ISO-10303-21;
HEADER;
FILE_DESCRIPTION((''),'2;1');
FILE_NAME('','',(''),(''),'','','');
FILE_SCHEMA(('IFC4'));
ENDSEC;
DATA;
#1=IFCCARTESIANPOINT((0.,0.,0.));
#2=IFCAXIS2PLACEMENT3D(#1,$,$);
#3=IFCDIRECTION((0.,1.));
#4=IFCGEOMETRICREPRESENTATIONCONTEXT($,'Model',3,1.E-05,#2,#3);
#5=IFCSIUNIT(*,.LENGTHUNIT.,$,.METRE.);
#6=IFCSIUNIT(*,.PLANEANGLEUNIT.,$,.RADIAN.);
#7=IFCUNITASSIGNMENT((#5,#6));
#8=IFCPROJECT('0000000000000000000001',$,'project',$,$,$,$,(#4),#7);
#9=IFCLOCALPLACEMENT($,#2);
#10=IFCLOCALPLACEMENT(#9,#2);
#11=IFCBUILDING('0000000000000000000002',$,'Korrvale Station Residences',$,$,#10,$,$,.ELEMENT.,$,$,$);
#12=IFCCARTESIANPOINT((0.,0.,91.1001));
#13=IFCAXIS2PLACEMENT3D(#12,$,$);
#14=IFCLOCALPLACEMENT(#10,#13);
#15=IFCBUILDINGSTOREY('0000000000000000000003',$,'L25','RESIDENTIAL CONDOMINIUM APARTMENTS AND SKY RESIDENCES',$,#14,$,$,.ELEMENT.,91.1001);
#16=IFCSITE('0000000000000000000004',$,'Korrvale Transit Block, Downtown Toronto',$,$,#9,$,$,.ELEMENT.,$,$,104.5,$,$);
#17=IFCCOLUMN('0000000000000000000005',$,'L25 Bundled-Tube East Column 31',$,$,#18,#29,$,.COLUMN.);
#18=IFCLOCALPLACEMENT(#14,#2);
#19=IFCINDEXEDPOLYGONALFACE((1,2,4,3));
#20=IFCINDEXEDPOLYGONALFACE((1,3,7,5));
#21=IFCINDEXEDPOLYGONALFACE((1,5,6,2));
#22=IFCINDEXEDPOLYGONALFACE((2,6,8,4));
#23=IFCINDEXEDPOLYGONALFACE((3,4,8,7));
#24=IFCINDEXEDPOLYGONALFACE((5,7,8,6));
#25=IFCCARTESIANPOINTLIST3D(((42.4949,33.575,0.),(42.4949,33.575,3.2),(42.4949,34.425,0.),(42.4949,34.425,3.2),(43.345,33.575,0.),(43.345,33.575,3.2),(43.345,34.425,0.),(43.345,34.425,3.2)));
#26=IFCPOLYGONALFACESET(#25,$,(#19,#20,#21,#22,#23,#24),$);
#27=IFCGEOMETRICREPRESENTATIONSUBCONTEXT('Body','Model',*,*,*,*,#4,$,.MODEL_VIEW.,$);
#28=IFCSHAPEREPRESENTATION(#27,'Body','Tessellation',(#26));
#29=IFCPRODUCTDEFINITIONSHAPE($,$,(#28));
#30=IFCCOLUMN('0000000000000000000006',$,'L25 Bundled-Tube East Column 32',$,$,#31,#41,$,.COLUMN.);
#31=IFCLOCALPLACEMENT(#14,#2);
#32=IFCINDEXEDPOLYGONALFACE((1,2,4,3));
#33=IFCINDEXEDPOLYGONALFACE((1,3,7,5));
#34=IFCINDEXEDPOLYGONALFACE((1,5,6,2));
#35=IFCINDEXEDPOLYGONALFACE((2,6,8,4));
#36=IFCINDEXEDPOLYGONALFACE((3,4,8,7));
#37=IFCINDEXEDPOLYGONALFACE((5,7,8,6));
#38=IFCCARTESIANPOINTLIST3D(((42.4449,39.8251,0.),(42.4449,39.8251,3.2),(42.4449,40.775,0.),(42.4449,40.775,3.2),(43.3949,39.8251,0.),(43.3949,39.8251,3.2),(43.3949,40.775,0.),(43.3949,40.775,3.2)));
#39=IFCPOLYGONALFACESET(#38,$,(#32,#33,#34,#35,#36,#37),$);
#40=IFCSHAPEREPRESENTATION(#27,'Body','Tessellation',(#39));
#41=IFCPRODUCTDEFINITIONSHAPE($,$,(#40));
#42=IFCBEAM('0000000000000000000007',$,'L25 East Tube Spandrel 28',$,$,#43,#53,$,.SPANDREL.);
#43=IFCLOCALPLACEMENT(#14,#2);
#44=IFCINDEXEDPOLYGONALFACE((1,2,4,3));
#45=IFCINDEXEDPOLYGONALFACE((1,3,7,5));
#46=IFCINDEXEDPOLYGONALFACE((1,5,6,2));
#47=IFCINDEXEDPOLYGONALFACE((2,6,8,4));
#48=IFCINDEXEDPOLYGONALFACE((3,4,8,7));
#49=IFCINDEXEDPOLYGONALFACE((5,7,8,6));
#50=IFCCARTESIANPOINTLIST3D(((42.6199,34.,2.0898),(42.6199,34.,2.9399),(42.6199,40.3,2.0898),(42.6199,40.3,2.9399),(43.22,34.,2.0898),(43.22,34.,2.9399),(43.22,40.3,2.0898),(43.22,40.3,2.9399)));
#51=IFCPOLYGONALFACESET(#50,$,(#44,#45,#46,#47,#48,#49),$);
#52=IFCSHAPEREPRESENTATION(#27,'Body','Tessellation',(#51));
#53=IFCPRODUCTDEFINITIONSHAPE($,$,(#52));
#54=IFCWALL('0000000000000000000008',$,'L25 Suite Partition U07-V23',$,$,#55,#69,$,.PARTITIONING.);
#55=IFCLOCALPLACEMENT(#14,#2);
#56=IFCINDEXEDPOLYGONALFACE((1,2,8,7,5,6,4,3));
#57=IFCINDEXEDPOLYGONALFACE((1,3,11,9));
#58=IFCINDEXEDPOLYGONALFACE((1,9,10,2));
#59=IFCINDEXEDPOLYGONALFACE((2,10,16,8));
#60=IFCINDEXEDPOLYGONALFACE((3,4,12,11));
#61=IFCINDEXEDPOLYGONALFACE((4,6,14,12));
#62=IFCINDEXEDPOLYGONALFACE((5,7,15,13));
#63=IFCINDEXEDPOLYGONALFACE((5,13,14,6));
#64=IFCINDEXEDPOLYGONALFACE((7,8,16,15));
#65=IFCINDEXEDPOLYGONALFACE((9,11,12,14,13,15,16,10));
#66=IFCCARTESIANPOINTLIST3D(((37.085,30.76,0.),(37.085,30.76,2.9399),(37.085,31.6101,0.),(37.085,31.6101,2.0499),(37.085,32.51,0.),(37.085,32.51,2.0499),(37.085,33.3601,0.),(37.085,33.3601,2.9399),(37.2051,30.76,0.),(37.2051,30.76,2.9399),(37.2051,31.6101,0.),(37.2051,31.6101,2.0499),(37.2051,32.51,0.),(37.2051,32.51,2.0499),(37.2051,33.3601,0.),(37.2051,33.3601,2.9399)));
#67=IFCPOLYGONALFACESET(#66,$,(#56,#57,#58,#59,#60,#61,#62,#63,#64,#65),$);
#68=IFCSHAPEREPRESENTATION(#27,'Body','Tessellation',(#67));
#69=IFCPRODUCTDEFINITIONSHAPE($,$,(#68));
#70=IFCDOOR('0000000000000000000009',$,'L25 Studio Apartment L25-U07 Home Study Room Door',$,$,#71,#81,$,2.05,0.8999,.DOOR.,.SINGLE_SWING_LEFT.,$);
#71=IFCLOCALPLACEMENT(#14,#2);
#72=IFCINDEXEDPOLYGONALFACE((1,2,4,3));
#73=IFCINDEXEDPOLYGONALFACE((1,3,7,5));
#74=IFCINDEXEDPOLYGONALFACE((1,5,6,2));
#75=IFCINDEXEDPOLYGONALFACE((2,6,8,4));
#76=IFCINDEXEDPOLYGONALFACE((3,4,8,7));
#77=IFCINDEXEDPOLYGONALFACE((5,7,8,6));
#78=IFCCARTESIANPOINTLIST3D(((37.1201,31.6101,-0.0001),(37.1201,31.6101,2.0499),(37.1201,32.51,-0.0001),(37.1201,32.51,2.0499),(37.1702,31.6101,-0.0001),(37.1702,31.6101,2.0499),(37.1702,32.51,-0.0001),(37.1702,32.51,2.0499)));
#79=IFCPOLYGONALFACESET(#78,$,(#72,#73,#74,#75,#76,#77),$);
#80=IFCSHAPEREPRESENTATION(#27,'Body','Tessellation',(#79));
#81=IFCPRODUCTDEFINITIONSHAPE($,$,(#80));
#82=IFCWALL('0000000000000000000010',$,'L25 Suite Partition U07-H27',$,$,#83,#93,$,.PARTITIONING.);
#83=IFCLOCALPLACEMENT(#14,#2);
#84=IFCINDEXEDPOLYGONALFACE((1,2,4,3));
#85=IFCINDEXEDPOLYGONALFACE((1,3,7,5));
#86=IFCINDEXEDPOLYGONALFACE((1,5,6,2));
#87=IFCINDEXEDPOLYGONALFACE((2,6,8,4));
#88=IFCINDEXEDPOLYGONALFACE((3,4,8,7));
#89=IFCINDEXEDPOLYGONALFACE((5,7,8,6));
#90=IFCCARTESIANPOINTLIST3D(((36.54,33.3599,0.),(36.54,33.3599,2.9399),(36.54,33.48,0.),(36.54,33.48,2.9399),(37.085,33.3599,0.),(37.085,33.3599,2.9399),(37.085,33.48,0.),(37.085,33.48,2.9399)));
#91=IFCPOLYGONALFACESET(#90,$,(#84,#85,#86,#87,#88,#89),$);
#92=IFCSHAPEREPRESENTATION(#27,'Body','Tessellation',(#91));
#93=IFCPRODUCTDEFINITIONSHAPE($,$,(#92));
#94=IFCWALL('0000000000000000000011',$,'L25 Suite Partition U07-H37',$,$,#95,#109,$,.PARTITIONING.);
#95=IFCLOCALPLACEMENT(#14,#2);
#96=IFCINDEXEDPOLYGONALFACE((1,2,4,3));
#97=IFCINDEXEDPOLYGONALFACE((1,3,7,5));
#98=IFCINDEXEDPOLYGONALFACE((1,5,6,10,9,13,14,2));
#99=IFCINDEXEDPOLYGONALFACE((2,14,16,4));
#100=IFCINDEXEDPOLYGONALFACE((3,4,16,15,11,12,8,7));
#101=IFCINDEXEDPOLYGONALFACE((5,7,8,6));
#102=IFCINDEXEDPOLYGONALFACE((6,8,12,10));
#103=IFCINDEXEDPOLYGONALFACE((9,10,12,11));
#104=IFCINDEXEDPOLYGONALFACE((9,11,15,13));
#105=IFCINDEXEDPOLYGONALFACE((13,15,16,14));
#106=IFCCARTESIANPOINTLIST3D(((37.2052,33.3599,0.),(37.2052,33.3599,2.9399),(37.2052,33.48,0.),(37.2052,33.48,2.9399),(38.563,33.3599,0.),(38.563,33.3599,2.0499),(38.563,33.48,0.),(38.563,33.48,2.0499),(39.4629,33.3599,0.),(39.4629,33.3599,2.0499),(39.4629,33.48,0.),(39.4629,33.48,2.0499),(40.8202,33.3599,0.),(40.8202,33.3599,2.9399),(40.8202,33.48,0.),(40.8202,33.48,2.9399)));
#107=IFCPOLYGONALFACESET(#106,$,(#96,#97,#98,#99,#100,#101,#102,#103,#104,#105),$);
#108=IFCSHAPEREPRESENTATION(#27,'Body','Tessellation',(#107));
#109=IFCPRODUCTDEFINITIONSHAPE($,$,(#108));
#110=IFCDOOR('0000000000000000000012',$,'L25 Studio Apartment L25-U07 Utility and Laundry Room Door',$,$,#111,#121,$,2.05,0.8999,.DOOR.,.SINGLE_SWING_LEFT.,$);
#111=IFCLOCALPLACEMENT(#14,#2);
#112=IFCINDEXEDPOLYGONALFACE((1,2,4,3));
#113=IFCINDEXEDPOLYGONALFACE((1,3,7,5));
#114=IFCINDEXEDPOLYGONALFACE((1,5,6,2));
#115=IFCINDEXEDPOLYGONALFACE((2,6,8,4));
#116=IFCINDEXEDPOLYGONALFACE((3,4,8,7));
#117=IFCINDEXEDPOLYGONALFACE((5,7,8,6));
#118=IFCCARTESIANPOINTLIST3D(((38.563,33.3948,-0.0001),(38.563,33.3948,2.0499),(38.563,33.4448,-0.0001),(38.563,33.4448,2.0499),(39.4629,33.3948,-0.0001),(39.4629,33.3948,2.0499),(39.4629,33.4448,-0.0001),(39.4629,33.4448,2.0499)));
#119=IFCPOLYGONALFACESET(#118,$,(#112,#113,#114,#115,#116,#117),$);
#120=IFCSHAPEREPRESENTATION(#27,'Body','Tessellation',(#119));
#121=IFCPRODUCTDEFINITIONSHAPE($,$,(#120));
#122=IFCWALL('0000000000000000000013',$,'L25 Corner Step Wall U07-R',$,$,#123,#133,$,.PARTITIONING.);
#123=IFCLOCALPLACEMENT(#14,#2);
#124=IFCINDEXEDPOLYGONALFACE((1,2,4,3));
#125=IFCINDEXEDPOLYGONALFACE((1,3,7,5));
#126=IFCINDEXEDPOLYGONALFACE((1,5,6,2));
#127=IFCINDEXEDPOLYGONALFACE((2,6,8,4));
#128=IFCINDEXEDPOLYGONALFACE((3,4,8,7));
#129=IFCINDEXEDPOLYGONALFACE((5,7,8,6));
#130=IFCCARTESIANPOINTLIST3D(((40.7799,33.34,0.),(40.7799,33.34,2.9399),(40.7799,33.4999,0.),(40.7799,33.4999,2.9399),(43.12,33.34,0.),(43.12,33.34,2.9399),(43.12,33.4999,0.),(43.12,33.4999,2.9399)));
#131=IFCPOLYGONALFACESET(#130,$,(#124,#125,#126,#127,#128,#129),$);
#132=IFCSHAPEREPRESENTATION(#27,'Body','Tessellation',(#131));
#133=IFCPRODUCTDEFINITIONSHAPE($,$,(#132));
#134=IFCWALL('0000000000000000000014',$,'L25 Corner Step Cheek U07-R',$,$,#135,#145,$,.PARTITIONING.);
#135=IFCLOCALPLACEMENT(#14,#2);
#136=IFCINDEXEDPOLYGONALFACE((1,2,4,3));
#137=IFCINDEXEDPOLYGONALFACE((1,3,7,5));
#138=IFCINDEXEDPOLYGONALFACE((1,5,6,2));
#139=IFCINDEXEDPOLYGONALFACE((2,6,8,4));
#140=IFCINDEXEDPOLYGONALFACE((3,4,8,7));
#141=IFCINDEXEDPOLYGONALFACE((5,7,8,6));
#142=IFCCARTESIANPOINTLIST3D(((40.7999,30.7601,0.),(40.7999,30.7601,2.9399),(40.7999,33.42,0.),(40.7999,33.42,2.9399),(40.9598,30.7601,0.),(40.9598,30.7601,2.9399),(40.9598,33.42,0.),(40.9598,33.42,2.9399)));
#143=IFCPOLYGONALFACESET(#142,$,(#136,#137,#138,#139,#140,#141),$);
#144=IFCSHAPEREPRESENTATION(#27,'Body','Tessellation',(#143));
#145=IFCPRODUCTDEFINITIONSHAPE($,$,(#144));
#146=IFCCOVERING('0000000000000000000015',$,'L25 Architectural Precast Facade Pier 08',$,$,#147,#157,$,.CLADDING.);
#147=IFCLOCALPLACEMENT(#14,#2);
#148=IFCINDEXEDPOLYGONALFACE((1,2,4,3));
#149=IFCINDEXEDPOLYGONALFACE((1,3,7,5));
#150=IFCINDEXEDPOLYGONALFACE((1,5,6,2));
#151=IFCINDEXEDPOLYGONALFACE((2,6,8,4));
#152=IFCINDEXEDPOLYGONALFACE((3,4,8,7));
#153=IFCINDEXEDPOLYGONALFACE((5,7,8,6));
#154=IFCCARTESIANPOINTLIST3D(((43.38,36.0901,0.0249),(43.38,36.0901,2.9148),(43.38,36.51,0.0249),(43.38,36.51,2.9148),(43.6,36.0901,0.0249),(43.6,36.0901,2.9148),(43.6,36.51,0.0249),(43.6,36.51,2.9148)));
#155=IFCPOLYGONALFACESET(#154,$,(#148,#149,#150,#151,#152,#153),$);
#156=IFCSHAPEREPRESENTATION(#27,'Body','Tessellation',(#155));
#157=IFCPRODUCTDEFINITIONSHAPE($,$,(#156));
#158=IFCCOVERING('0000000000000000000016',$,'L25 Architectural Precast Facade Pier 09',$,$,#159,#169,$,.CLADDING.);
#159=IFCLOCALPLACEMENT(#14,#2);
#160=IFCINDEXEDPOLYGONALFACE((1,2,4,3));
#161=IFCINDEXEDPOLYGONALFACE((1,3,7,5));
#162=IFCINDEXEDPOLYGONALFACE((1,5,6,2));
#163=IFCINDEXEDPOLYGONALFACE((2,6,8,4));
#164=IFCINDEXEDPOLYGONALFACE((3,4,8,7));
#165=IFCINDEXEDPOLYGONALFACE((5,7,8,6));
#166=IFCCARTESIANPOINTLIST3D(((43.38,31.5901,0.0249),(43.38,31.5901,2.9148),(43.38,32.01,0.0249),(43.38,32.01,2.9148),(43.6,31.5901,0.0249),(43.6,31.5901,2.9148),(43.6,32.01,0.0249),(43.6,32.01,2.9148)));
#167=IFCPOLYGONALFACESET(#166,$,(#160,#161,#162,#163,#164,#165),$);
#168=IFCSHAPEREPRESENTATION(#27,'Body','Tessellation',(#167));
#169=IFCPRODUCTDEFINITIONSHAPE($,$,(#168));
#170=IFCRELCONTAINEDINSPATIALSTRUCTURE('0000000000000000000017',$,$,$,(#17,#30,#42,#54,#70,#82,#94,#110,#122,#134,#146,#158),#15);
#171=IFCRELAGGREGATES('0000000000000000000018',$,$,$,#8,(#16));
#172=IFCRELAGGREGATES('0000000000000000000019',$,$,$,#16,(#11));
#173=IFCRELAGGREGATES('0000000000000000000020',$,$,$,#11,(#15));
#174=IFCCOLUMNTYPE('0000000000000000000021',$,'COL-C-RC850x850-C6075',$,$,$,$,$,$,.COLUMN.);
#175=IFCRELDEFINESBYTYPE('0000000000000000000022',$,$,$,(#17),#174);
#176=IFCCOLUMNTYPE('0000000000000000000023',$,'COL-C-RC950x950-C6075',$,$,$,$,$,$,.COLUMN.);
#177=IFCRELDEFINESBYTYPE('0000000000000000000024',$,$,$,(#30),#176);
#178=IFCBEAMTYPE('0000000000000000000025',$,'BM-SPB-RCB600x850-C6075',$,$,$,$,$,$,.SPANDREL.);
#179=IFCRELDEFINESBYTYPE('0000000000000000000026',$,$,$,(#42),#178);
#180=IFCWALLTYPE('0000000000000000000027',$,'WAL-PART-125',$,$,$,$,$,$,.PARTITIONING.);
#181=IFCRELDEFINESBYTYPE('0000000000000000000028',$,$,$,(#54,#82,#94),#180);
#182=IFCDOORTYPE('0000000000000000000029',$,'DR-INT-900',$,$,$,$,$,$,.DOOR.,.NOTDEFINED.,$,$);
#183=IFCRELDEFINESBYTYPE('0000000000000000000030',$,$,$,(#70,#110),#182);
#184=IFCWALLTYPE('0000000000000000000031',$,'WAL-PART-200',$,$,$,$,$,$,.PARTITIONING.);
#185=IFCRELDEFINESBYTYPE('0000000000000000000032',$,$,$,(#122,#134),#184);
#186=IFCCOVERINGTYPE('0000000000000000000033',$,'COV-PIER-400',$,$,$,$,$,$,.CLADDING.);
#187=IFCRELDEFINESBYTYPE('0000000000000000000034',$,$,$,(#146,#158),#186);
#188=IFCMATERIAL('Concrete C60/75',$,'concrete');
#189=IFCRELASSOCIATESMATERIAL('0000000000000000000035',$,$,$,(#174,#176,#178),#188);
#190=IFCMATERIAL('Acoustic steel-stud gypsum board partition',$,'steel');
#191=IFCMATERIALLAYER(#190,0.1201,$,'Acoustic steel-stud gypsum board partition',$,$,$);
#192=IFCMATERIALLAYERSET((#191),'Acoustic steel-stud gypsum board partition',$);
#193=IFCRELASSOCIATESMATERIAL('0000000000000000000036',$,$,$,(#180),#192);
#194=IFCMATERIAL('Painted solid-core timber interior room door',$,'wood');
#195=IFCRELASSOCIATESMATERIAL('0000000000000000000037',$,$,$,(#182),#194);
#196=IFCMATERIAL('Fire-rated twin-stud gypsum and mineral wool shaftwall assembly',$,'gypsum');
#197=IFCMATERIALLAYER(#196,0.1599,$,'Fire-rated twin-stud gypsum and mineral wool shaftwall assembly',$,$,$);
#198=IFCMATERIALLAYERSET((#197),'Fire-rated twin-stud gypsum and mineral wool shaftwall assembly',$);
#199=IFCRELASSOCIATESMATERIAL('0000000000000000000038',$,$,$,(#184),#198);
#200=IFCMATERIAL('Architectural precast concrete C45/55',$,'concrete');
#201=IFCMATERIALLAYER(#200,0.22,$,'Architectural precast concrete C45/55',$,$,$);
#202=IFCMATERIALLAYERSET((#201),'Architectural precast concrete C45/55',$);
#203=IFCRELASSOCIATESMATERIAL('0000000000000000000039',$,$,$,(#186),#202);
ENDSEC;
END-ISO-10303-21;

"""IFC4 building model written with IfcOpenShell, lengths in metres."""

from ifc_helpers import new_model, si_unit, direction, frame, frame_2d, origin, origin_2d, place, context, subcontext, project, spatial, rectangle, extrude, material, layer, layer_set, material_profile, profile_set, type_object, element, fill, save


model = new_model("IFC4")

# Units and contexts
model_context = context("Model", 3, precision=1e-05, world=origin(), true_north=direction((0.0, 1.0)))
body_context = subcontext(model_context, "Body", "Model", "MODEL_VIEW")
ifc_project = project(units=[si_unit("LENGTHUNIT", "METRE"), si_unit("PLANEANGLEUNIT", "RADIAN")], contexts=[model_context])

# Site, building, storey
site_placement = place(None, origin())
site = spatial("IfcSite", under=ifc_project, at=site_placement, Name="Korrvale Transit Block, Downtown Toronto", CompositionType="ELEMENT", RefElevation=104.5)
building_placement = place(site_placement, origin())
building = spatial("IfcBuilding", under=site, at=building_placement, Name="Korrvale Station Residences", CompositionType="ELEMENT")
storey_placement = place(building_placement, frame((0.0, 0.0, 91.1001)))
storey = spatial("IfcBuildingStorey", under=building, at=storey_placement, Name="L25", Description="RESIDENTIAL CONDOMINIUM APARTMENTS AND SKY RESIDENCES", CompositionType="ELEMENT", Elevation=91.1001)

# Columns
ifc_material_1 = material(Name="Concrete C60/75", Category="concrete")
ifc_material_profile_1 = material_profile(ifc_material_1, rectangle(XDim=0.8501, YDim=0.8501, at=origin_2d()), Name="RC850x850")
ifc_profile_set_1 = profile_set([ifc_material_profile_1], Name="Concrete C60/75")
column_type_1 = type_object("IfcColumnType", Name="COL-C-RC850x850-C6075", PredefinedType="COLUMN", material=ifc_profile_set_1)
column_1_placement = place(storey_placement, frame((42.9199, 34.0, 0.0), z_axis=(0.0, 0.0, 1.0), x_axis=(1.0, 0.0, 0.0)))
element("IfcColumn", 1, at=column_1_placement, inside=storey, type_object=column_type_1, Name="L25 Bundled-Tube East Column 31", PredefinedType="COLUMN", context=body_context, shape_type="SweptSolid", body=[
    extrude(rectangle(XDim=0.8501, YDim=0.8501, at=origin_2d()), origin(), (0.0, 0.0, 1.0), 3.2),
])
ifc_material_profile_2 = material_profile(ifc_material_1, rectangle(XDim=0.95, YDim=0.95, at=origin_2d()), Name="RC950x950")
ifc_profile_set_2 = profile_set([ifc_material_profile_2], Name="Concrete C60/75")
column_type_2 = type_object("IfcColumnType", Name="COL-C-RC950x950-C6075", PredefinedType="COLUMN", material=ifc_profile_set_2)
column_2_placement = place(storey_placement, frame((42.9199, 40.3, 0.0), z_axis=(0.0, 0.0, 1.0), x_axis=(1.0, 0.0, 0.0)))
element("IfcColumn", 2, at=column_2_placement, inside=storey, type_object=column_type_2, Name="L25 Bundled-Tube East Column 32", PredefinedType="COLUMN", context=body_context, shape_type="SweptSolid", body=[
    extrude(rectangle(XDim=0.95, YDim=0.95, at=origin_2d()), origin(), (0.0, 0.0, 1.0), 3.2),
])

# Beam
ifc_material_profile_3 = material_profile(ifc_material_1, rectangle(XDim=0.6001, YDim=0.8501, at=origin_2d()), Name="RCB600x850")
ifc_profile_set_3 = profile_set([ifc_material_profile_3], Name="Concrete C60/75")
beam_type = type_object("IfcBeamType", Name="BM-SPB-RCB600x850-C6075", PredefinedType="SPANDREL", material=ifc_profile_set_3)
beam_placement = place(storey_placement, frame((42.9199, 34.0, 2.5149), z_axis=(0.0, 1.0, 0.0), x_axis=(-1.0, 0.0, 0.0)))
element("IfcBeam", 3, at=beam_placement, inside=storey, type_object=beam_type, Name="L25 East Tube Spandrel 28", PredefinedType="SPANDREL", context=body_context, shape_type="SweptSolid", body=[
    extrude(rectangle(XDim=0.6001, YDim=0.8501, at=origin_2d()), origin(), (0.0, 0.0, 1.0), 6.3),
])

# Wall, opening, door
ifc_material_2 = material(Name="Acoustic steel-stud gypsum board partition", Category="steel")
ifc_layer_1 = layer(ifc_material_2, 0.1201, Name="Acoustic steel-stud gypsum board partition")
ifc_layer_set_1 = layer_set([ifc_layer_1], Name="Acoustic steel-stud gypsum board partition")
wall_type_1 = type_object("IfcWallType", Name="WAL-PART-125", PredefinedType="PARTITIONING", material=ifc_layer_set_1)
wall_1_placement = place(storey_placement, frame((37.145, 30.76, 0.0), z_axis=(0.0, 0.0, 1.0), x_axis=(0.0, 1.0, 0.0)))
wall_1 = element("IfcWall", 4, at=wall_1_placement, inside=storey, type_object=wall_type_1, Name="L25 Suite Partition U07-V23", PredefinedType="PARTITIONING", context=body_context, shape_type="SweptSolid", body=[
    extrude(rectangle(XDim=2.6001, YDim=0.1201, at=frame_2d((1.3, 0.0))), origin(), (0.0, 0.0, 1.0), 2.9399),
])
opening_1_placement = place(wall_1_placement, frame((0.8501, 0.0, 0.0)))
opening_1 = element("IfcOpeningElement", 5, at=opening_1_placement, cuts=wall_1, PredefinedType="OPENING", context=body_context, shape_type="SweptSolid", body=[
    extrude(rectangle(XDim=0.8999, YDim=2.05, at=frame_2d((0.45, 1.0249))), frame((0.0, 0.0701, 0.0), z_axis=(0.0, -1.0, 0.0), x_axis=(1.0, 0.0, 0.0)), (0.0, 0.0, 1.0), 0.1401),
])
ifc_material_3 = material(Name="Painted solid-core timber interior room door", Category="wood")
door_type = type_object("IfcDoorType", Name="DR-INT-900", OperationType="NOTDEFINED", PredefinedType="DOOR", material=ifc_material_3)
door_1_placement = place(opening_1_placement, origin())
door_1 = element("IfcDoor", 6, at=door_1_placement, inside=storey, type_object=door_type, Name="L25 Studio Apartment L25-U07 Home Study Room Door", OperationType="SINGLE_SWING_LEFT", OverallHeight=2.05, OverallWidth=0.8999, PredefinedType="DOOR", context=body_context, shape_type="SweptSolid", body=[
    extrude(rectangle(XDim=0.8999, YDim=2.05, at=frame_2d((0.45, 1.0249))), frame((0.0, 0.0249, 0.0), z_axis=(0.0, -1.0, 0.0), x_axis=(1.0, 0.0, 0.0)), (0.0, 0.0, 1.0), 0.05),
])
fill(opening_1, door_1)

# Wall
wall_2_placement = place(storey_placement, frame((36.54, 33.4199, 0.0), z_axis=(0.0, 0.0, 1.0), x_axis=(1.0, 0.0, 0.0)))
element("IfcWall", 7, at=wall_2_placement, inside=storey, type_object=wall_type_1, Name="L25 Suite Partition U07-H27", PredefinedType="PARTITIONING", context=body_context, shape_type="SweptSolid", body=[
    extrude(rectangle(XDim=0.5449, YDim=0.1201, at=frame_2d((0.2725, 0.0))), origin(), (0.0, 0.0, 1.0), 2.9399),
])

# Wall, opening, door
wall_3_placement = place(storey_placement, frame((37.2051, 33.4199, 0.0), z_axis=(0.0, 0.0, 1.0), x_axis=(1.0, 0.0, 0.0)))
wall_3 = element("IfcWall", 8, at=wall_3_placement, inside=storey, type_object=wall_type_1, Name="L25 Suite Partition U07-H37", PredefinedType="PARTITIONING", context=body_context, shape_type="SweptSolid", body=[
    extrude(rectangle(XDim=3.615, YDim=0.1201, at=frame_2d((1.8076, 0.0))), origin(), (0.0, 0.0, 1.0), 2.9399),
])
opening_2_placement = place(wall_3_placement, frame((1.3579, 0.0, 0.0)))
opening_2 = element("IfcOpeningElement", 9, at=opening_2_placement, cuts=wall_3, PredefinedType="OPENING", context=body_context, shape_type="SweptSolid", body=[
    extrude(rectangle(XDim=0.8999, YDim=2.05, at=frame_2d((0.45, 1.0249))), frame((0.0, 0.0701, 0.0), z_axis=(0.0, -1.0, 0.0), x_axis=(1.0, 0.0, 0.0)), (0.0, 0.0, 1.0), 0.1401),
])
door_2_placement = place(opening_2_placement, origin())
door_2 = element("IfcDoor", 10, at=door_2_placement, inside=storey, type_object=door_type, Name="L25 Studio Apartment L25-U07 Utility and Laundry Room Door", OperationType="SINGLE_SWING_LEFT", OverallHeight=2.05, OverallWidth=0.8999, PredefinedType="DOOR", context=body_context, shape_type="SweptSolid", body=[
    extrude(rectangle(XDim=0.8999, YDim=2.05, at=frame_2d((0.45, 1.0249))), frame((0.0, 0.0249, 0.0), z_axis=(0.0, -1.0, 0.0), x_axis=(1.0, 0.0, 0.0)), (0.0, 0.0, 1.0), 0.05),
])
fill(opening_2, door_2)

# Walls
ifc_material_4 = material(Name="Fire-rated twin-stud gypsum and mineral wool shaftwall assembly", Category="gypsum")
ifc_layer_2 = layer(ifc_material_4, 0.1599, Name="Fire-rated twin-stud gypsum and mineral wool shaftwall assembly")
ifc_layer_set_2 = layer_set([ifc_layer_2], Name="Fire-rated twin-stud gypsum and mineral wool shaftwall assembly")
wall_type_2 = type_object("IfcWallType", Name="WAL-PART-200", PredefinedType="PARTITIONING", material=ifc_layer_set_2)
wall_4_placement = place(storey_placement, frame((40.78, 33.4199, 0.0), z_axis=(0.0, 0.0, 1.0), x_axis=(1.0, 0.0, 0.0)))
element("IfcWall", 11, at=wall_4_placement, inside=storey, type_object=wall_type_2, Name="L25 Corner Step Wall U07-R", PredefinedType="PARTITIONING", context=body_context, shape_type="SweptSolid", body=[
    extrude(rectangle(XDim=2.3401, YDim=0.1599, at=frame_2d((1.1699, 0.0))), origin(), (0.0, 0.0, 1.0), 2.9399),
])
wall_5_placement = place(storey_placement, frame((40.8799, 30.76, 0.0), z_axis=(0.0, 0.0, 1.0), x_axis=(0.0, 1.0, 0.0)))
element("IfcWall", 12, at=wall_5_placement, inside=storey, type_object=wall_type_2, Name="L25 Corner Step Cheek U07-R", PredefinedType="PARTITIONING", context=body_context, shape_type="SweptSolid", body=[
    extrude(rectangle(XDim=2.6599, YDim=0.1599, at=frame_2d((1.3301, 0.0))), origin(), (0.0, 0.0, 1.0), 2.9399),
])

# Coverings
ifc_material_5 = material(Name="Architectural precast concrete C45/55", Category="concrete")
ifc_layer_3 = layer(ifc_material_5, 0.22, Name="Architectural precast concrete C45/55")
ifc_layer_set_3 = layer_set([ifc_layer_3], Name="Architectural precast concrete C45/55")
covering_type = type_object("IfcCoveringType", Name="COV-PIER-400", PredefinedType="CLADDING", material=ifc_layer_set_3)
for number, where, z_axis, x_axis, name in (
    (13, (43.49, 36.3, 0.0249), (0.0, 0.0, 1.0), (0.0, 1.0, 0.0), "L25 Architectural Precast Facade Pier 08"),
    (14, (43.49, 31.8, 0.0249), (0.0, 0.0, 1.0), (0.0, 1.0, 0.0), "L25 Architectural Precast Facade Pier 09"),
):
    element("IfcCovering", number, at=place(storey_placement, frame(where, z_axis=z_axis, x_axis=x_axis)), inside=storey, type_object=covering_type, Name=name, PredefinedType="CLADDING", context=body_context, shape_type="SweptSolid", body=[
        extrude(rectangle(XDim=0.4199, YDim=0.22, at=origin_2d()), origin(), (0.0, 0.0, 1.0), 2.8899),
    ])

save(model, "model.ifc")
